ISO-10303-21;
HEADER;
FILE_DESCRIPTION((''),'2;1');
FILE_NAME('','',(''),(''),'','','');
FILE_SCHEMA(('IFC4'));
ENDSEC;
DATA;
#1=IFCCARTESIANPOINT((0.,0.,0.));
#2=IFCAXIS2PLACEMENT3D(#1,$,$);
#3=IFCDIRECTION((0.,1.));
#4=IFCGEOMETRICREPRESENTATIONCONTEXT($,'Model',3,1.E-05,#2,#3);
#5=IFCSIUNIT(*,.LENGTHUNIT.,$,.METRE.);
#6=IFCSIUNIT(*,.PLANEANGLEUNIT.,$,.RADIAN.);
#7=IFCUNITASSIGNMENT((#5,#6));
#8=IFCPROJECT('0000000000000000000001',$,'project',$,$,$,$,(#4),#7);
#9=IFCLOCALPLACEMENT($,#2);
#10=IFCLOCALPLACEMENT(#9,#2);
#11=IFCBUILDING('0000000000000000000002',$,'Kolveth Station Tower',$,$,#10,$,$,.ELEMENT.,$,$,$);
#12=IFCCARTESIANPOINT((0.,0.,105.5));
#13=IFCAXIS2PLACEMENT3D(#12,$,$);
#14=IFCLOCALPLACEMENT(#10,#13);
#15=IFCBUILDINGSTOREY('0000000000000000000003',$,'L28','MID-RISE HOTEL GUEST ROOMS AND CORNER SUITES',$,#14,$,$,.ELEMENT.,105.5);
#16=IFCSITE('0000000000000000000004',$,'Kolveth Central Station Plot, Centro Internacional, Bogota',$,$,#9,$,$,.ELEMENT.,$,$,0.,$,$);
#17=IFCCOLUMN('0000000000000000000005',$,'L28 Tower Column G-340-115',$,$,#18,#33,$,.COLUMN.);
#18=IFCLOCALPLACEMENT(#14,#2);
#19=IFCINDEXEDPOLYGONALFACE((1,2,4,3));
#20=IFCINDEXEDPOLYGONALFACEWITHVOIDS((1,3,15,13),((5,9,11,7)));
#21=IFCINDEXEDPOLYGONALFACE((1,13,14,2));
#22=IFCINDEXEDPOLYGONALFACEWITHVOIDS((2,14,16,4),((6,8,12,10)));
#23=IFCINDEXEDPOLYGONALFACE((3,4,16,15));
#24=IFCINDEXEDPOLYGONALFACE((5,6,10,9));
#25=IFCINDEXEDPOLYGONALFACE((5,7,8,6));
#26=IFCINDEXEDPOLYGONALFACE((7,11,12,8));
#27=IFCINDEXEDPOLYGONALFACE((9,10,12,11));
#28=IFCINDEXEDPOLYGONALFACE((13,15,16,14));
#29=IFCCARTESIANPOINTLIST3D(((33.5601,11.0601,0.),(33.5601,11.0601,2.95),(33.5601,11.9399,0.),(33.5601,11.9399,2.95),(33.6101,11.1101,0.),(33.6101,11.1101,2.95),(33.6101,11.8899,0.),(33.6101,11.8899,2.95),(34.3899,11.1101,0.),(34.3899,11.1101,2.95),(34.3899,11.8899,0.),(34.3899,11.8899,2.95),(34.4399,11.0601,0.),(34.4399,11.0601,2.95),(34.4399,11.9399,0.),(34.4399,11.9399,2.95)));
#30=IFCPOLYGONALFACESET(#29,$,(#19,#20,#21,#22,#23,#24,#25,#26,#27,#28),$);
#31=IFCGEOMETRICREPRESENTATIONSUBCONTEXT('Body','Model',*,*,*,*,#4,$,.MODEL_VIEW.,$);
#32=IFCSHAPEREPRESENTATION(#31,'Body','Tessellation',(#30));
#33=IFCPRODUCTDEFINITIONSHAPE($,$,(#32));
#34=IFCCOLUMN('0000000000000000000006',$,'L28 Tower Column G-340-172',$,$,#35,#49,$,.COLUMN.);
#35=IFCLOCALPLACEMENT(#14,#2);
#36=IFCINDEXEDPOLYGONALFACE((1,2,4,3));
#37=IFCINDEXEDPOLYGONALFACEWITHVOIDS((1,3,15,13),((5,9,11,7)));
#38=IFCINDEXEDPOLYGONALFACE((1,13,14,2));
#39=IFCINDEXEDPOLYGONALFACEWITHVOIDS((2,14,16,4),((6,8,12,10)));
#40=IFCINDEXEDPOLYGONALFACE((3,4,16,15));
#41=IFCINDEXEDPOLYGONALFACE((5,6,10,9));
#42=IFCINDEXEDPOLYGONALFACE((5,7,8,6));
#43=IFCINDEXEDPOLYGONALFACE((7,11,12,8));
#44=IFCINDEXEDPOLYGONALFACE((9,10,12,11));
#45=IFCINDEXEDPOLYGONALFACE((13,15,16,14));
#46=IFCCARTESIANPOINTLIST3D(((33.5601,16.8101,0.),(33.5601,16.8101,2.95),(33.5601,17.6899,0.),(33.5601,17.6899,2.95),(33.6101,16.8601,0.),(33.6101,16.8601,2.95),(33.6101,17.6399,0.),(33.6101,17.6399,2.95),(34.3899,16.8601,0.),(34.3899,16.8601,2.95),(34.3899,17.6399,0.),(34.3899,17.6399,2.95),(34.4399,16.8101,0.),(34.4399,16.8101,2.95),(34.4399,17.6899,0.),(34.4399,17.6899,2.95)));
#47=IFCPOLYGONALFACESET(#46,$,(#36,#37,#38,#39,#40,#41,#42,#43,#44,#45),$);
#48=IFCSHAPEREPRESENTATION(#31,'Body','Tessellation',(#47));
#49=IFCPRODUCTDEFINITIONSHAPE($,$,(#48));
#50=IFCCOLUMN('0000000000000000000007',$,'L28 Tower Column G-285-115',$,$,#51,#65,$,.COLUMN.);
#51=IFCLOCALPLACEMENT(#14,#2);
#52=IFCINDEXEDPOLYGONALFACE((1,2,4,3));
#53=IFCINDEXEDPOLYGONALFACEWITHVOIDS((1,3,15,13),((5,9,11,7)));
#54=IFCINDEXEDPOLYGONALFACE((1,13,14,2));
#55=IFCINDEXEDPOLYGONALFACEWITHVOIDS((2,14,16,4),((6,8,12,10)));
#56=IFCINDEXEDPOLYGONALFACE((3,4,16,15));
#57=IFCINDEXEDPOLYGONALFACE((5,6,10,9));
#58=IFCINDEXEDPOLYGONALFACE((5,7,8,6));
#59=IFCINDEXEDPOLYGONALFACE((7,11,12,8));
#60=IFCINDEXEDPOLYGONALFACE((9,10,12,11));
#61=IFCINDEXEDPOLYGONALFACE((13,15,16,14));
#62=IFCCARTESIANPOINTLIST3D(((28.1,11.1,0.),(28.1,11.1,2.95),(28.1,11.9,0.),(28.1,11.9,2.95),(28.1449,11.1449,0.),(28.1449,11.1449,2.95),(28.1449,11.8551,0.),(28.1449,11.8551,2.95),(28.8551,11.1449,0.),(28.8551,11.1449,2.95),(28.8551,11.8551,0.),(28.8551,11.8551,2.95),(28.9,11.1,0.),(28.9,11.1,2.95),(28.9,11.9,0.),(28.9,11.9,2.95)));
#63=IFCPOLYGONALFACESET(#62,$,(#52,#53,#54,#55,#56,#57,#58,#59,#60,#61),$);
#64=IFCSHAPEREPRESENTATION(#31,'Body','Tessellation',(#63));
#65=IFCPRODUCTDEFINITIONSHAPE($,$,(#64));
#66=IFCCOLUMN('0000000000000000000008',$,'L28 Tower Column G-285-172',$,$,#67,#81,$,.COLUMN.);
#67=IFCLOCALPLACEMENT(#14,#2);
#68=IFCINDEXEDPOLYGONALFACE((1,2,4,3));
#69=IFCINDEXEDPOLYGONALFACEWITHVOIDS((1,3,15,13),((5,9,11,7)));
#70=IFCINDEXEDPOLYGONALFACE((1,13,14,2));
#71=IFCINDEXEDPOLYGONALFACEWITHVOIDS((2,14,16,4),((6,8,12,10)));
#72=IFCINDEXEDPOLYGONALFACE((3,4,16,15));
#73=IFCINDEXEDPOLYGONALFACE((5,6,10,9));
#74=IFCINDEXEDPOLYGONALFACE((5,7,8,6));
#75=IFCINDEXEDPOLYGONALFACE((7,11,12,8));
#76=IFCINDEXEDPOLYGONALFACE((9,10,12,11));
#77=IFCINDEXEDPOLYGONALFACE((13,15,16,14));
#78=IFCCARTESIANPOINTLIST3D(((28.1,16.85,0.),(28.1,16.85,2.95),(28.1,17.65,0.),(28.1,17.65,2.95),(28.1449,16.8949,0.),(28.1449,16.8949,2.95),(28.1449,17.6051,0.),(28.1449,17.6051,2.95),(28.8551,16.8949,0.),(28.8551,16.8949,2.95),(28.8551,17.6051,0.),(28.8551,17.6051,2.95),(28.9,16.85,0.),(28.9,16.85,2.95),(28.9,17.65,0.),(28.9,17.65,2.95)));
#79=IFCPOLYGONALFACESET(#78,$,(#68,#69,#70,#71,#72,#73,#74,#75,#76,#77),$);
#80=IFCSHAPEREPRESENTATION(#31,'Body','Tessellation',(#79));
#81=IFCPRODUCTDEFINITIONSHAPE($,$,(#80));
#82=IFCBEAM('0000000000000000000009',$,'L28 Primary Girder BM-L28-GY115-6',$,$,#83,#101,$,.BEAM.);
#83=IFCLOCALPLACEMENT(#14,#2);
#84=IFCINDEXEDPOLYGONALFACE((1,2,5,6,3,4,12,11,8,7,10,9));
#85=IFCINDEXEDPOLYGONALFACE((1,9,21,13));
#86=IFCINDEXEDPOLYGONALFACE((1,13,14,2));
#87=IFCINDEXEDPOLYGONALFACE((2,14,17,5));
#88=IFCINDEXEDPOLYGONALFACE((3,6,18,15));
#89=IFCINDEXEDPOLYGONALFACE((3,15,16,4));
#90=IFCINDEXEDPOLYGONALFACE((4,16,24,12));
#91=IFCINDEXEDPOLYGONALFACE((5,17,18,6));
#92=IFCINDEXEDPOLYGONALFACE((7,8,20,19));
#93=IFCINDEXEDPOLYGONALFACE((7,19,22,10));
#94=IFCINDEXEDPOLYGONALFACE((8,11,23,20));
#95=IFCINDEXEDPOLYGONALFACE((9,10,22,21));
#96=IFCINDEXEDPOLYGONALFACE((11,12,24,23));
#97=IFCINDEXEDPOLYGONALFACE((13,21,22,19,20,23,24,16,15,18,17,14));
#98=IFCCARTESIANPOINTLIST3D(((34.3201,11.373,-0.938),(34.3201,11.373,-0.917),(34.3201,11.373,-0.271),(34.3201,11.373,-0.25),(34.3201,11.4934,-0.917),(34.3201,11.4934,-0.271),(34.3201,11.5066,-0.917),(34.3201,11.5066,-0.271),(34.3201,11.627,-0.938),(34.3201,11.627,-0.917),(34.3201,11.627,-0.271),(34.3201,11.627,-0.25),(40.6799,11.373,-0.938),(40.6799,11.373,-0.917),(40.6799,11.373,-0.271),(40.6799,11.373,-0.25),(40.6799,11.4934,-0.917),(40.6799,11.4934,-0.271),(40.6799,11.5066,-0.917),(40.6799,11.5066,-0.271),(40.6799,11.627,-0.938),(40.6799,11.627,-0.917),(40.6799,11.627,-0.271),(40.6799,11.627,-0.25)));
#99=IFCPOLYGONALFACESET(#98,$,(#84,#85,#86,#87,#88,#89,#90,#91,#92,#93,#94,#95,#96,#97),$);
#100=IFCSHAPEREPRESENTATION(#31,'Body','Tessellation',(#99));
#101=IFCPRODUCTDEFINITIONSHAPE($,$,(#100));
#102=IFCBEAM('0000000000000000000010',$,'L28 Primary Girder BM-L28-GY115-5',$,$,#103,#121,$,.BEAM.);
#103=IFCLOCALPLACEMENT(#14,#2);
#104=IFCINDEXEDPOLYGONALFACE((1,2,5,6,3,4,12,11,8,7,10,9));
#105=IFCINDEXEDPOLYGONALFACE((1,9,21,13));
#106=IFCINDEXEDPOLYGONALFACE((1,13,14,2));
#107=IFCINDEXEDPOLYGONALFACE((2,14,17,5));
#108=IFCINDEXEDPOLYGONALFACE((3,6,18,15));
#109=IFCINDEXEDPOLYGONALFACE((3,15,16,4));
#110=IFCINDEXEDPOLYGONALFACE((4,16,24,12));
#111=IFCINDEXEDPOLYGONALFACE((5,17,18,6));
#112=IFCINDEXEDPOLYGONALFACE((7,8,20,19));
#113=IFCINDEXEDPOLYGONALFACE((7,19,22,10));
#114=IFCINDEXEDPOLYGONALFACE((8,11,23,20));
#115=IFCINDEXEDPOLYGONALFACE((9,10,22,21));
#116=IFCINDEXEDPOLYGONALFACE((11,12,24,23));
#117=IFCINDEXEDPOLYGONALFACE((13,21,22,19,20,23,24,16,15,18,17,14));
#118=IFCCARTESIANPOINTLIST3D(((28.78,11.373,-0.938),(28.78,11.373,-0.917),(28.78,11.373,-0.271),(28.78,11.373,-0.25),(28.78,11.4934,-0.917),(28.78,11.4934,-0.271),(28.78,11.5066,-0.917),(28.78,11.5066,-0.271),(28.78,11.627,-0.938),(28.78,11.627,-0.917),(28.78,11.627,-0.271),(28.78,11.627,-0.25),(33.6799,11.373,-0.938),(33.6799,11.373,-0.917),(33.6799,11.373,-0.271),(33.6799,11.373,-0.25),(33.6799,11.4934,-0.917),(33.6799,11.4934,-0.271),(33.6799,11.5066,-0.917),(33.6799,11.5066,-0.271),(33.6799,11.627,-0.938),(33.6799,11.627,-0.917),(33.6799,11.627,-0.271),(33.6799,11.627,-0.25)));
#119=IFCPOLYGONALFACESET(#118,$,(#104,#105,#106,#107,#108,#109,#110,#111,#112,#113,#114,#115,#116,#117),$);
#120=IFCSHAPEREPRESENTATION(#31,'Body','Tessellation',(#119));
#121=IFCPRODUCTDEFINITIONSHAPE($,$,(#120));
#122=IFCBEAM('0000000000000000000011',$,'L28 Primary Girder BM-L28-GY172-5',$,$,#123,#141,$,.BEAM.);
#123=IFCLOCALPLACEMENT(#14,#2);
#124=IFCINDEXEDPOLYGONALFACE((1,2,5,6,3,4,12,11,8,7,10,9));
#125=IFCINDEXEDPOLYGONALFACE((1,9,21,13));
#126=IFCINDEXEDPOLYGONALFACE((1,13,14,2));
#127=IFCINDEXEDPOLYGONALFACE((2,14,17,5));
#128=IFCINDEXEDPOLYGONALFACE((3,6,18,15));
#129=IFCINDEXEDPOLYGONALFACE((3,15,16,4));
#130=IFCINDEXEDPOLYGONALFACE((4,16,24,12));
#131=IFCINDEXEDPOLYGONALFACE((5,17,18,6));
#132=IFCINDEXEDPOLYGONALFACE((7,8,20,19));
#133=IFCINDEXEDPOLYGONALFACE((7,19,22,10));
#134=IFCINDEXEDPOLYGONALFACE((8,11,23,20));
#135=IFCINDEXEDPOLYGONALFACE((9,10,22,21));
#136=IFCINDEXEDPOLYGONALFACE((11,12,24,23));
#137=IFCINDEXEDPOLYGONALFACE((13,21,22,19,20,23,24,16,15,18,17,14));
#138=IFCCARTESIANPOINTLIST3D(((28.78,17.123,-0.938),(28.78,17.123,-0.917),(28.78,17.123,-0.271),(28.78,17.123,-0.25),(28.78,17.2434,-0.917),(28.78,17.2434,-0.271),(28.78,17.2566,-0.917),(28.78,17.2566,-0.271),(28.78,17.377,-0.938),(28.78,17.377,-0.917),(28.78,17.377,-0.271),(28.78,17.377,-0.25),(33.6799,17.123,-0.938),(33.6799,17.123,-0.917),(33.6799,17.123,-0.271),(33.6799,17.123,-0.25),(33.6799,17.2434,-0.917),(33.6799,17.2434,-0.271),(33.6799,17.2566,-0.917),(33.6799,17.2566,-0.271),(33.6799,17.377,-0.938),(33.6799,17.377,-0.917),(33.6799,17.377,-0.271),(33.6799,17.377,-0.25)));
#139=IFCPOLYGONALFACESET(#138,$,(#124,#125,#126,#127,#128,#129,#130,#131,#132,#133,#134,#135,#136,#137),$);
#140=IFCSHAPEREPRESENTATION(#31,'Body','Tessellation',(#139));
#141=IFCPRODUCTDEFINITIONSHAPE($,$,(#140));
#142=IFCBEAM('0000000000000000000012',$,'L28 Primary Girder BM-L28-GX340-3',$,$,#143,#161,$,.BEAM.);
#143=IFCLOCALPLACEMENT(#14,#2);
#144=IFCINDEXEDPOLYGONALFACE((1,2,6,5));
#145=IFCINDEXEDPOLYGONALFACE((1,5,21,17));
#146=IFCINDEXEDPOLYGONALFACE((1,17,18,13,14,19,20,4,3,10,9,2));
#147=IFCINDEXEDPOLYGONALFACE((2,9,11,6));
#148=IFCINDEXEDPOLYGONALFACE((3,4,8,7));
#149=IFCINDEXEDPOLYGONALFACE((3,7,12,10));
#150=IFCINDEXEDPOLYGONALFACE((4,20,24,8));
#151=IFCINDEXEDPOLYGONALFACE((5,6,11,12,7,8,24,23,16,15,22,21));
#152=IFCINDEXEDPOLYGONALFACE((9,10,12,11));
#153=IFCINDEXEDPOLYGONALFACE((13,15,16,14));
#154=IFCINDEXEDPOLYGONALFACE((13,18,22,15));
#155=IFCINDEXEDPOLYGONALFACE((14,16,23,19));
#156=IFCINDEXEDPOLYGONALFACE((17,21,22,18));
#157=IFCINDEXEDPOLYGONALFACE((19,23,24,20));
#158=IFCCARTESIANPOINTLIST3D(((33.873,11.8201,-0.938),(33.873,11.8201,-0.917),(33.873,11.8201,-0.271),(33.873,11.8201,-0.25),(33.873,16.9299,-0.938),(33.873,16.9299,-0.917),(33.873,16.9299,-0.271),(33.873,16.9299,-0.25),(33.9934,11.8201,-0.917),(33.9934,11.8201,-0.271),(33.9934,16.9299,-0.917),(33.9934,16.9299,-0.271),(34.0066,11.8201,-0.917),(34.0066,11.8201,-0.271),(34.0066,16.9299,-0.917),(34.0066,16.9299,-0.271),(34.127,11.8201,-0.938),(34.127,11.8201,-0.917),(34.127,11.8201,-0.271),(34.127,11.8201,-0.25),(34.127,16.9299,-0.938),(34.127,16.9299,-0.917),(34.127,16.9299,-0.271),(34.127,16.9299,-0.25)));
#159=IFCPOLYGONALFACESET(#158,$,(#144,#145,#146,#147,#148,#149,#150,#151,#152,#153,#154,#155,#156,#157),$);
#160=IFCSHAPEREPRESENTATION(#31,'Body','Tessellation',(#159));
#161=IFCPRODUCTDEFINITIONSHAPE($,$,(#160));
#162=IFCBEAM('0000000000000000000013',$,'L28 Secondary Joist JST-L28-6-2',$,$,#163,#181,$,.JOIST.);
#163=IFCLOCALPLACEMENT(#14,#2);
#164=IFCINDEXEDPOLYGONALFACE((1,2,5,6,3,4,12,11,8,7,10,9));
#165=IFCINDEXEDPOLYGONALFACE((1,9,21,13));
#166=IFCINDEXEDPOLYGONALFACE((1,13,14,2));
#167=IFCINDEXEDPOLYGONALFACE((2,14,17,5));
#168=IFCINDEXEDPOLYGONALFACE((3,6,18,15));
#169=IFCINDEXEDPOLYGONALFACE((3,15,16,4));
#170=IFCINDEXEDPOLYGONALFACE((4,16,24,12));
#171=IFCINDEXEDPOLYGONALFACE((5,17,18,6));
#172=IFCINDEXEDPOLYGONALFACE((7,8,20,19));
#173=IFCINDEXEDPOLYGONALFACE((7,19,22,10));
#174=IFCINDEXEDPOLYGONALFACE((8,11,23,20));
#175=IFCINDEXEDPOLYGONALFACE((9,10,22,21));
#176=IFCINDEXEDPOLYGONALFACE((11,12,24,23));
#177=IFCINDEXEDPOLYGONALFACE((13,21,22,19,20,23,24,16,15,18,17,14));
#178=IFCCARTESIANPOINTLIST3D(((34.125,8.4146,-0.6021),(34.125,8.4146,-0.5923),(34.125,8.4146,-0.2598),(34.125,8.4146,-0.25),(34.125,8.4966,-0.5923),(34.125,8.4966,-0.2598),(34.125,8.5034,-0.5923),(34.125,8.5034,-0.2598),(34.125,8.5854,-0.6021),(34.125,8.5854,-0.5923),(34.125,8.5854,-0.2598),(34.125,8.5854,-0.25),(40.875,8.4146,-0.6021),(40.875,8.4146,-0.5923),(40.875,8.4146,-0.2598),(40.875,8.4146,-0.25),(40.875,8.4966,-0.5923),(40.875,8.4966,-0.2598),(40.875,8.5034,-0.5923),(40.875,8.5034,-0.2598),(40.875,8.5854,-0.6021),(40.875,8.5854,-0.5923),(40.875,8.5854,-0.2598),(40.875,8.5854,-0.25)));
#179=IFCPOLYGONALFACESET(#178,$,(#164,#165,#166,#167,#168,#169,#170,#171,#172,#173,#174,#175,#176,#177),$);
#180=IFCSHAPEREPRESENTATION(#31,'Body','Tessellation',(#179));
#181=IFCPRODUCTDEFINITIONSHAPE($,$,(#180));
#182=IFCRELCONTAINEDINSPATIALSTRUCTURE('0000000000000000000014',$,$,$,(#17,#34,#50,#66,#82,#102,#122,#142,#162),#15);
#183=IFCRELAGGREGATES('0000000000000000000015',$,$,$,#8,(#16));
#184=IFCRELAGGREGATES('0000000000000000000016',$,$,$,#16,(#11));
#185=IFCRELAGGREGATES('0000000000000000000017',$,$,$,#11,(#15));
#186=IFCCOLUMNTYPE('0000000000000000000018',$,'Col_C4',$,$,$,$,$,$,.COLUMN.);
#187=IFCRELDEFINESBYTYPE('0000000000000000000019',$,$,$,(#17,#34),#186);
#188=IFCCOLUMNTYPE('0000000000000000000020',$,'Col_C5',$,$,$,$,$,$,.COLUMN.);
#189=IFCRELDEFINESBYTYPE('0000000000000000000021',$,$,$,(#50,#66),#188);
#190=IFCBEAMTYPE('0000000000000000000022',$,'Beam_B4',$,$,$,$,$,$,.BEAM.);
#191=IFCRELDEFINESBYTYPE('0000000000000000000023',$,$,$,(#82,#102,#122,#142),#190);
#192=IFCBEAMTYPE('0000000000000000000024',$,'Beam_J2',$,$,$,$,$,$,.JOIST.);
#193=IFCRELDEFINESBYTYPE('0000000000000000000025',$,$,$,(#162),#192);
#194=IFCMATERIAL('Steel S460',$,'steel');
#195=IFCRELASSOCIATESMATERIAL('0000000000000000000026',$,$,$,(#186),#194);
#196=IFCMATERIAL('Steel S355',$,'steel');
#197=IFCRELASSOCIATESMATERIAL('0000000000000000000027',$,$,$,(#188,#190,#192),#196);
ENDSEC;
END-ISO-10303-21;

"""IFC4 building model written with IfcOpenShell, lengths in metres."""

from ifc_helpers import new_model, si_unit, direction, frame, origin, origin_2d, place, context, subcontext, project, spatial, hollow_rectangle, i_section, extrude, source, transform, mapped, material, material_profile, profile_set, type_object, element, save


model = new_model("IFC4")

# Units and contexts
model_context = context("Model", 3, precision=1e-05, world=origin(), true_north=direction((0.0, 1.0)))
body_context = subcontext(model_context, "Body", "Model", "MODEL_VIEW")
ifc_project = project(units=[si_unit("LENGTHUNIT", "METRE"), si_unit("PLANEANGLEUNIT", "RADIAN")], contexts=[model_context])

# Site, building, storey
site_placement = place(None, origin())
site = spatial("IfcSite", under=ifc_project, at=site_placement, Name="Kolveth Central Station Plot, Centro Internacional, Bogota", CompositionType="ELEMENT", RefElevation=0.0)
building_placement = place(site_placement, origin())
building = spatial("IfcBuilding", under=site, at=building_placement, Name="Kolveth Station Tower", CompositionType="ELEMENT")
storey_placement = place(building_placement, frame((0.0, 0.0, 105.5)))
storey = spatial("IfcBuildingStorey", under=building, at=storey_placement, Name="L28", Description="MID-RISE HOTEL GUEST ROOMS AND CORNER SUITES", CompositionType="ELEMENT", Elevation=105.5)

# Columns
ifc_material_1 = material(Name="Steel S460", Category="steel")
ifc_material_profile_1 = material_profile(ifc_material_1, hollow_rectangle(XDim=0.8799, YDim=0.8799, WallThickness=0.05, at=origin_2d()), Name="BOX880x880x50")
ifc_profile_set_1 = profile_set([ifc_material_profile_1], Name="Steel S460")
column_type_1 = type_object("IfcColumnType", Name="Col_C4", PredefinedType="COLUMN", material=ifc_profile_set_1)
shared_shape_1 = source(origin(), body_context, "Body", "SweptSolid", [
    extrude(hollow_rectangle(XDim=0.8799, YDim=0.8799, WallThickness=0.05, at=origin_2d()), origin(), (0.0, 0.0, 1.0), 2.95),
])
for number, where, z_axis, x_axis, name in (
    (1, (34.0, 11.5, 0.0), (0.0, 0.0, 1.0), (1.0, 0.0, 0.0), "L28 Tower Column G-340-115"),
    (2, (34.0, 17.25, 0.0), (0.0, 0.0, 1.0), (1.0, 0.0, 0.0), "L28 Tower Column G-340-172"),
):
    element("IfcColumn", number, at=place(storey_placement, frame(where, z_axis=z_axis, x_axis=x_axis)), inside=storey, type_object=column_type_1, Name=name, PredefinedType="COLUMN", context=body_context, shape_type="MappedRepresentation", body=[
        mapped(shared_shape_1, transform((0.0, 0.0, 0.0), x_axis=(1.0, 0.0, 0.0), y_axis=(0.0, 1.0, 0.0), z_axis=(0.0, 0.0, 1.0), scale=1.0)),
    ])
ifc_material_2 = material(Name="Steel S355", Category="steel")
ifc_material_profile_2 = material_profile(ifc_material_2, hollow_rectangle(XDim=0.8, YDim=0.8, WallThickness=0.0449, at=origin_2d()), Name="BOX800x800x45")
ifc_profile_set_2 = profile_set([ifc_material_profile_2], Name="Steel S355")
column_type_2 = type_object("IfcColumnType", Name="Col_C5", PredefinedType="COLUMN", material=ifc_profile_set_2)
shared_shape_2 = source(origin(), body_context, "Body", "SweptSolid", [
    extrude(hollow_rectangle(XDim=0.8, YDim=0.8, WallThickness=0.0449, at=origin_2d()), origin(), (0.0, 0.0, 1.0), 2.95),
])
for number, where, z_axis, x_axis, name in (
    (3, (28.5, 11.5, 0.0), (0.0, 0.0, 1.0), (1.0, 0.0, 0.0), "L28 Tower Column G-285-115"),
    (4, (28.5, 17.25, 0.0), (0.0, 0.0, 1.0), (1.0, 0.0, 0.0), "L28 Tower Column G-285-172"),
):
    element("IfcColumn", number, at=place(storey_placement, frame(where, z_axis=z_axis, x_axis=x_axis)), inside=storey, type_object=column_type_2, Name=name, PredefinedType="COLUMN", context=body_context, shape_type="MappedRepresentation", body=[
        mapped(shared_shape_2, transform((0.0, 0.0, 0.0), x_axis=(1.0, 0.0, 0.0), y_axis=(0.0, 1.0, 0.0), z_axis=(0.0, 0.0, 1.0), scale=1.0)),
    ])

# Beams
ifc_material_profile_3 = material_profile(ifc_material_2, i_section(OverallWidth=0.2539, OverallDepth=0.688, WebThickness=0.0132, FlangeThickness=0.021, at=origin_2d()), Name="W690x152")
ifc_profile_set_3 = profile_set([ifc_material_profile_3], Name="Steel S355")
beam_type_1 = type_object("IfcBeamType", Name="Beam_B4", PredefinedType="BEAM", material=ifc_profile_set_3)
shared_shape_3 = source(origin(), body_context, "Body", "SweptSolid", [
    extrude(i_section(OverallWidth=0.2539, OverallDepth=0.688, WebThickness=0.0132, FlangeThickness=0.021, at=origin_2d()), origin(), (0.0, 0.0, 1.0), 6.3599),
])
beam_1_placement = place(storey_placement, frame((34.3201, 11.5, -0.594), z_axis=(1.0, 0.0, 0.0), x_axis=(0.0, 1.0, 0.0)))
element("IfcBeam", 5, at=beam_1_placement, inside=storey, type_object=beam_type_1, Name="L28 Primary Girder BM-L28-GY115-6", PredefinedType="BEAM", context=body_context, shape_type="MappedRepresentation", body=[
    mapped(shared_shape_3, transform((0.0, 0.0, 0.0), x_axis=(1.0, 0.0, 0.0), y_axis=(0.0, 1.0, 0.0), z_axis=(0.0, 0.0, 1.0), scale=1.0)),
])
shared_shape_4 = source(origin(), body_context, "Body", "SweptSolid", [
    extrude(i_section(OverallWidth=0.2539, OverallDepth=0.688, WebThickness=0.0132, FlangeThickness=0.021, at=origin_2d()), origin(), (0.0, 0.0, 1.0), 4.8999),
])
for number, where, z_axis, x_axis, name in (
    (6, (28.78, 11.5, -0.594), (1.0, 0.0, 0.0), (0.0, 1.0, 0.0), "L28 Primary Girder BM-L28-GY115-5"),
    (7, (28.78, 17.25, -0.594), (1.0, 0.0, 0.0), (0.0, 1.0, 0.0), "L28 Primary Girder BM-L28-GY172-5"),
):
    element("IfcBeam", number, at=place(storey_placement, frame(where, z_axis=z_axis, x_axis=x_axis)), inside=storey, type_object=beam_type_1, Name=name, PredefinedType="BEAM", context=body_context, shape_type="MappedRepresentation", body=[
        mapped(shared_shape_4, transform((0.0, 0.0, 0.0), x_axis=(1.0, 0.0, 0.0), y_axis=(0.0, 1.0, 0.0), z_axis=(0.0, 0.0, 1.0), scale=1.0)),
    ])
shared_shape_5 = source(origin(), body_context, "Body", "SweptSolid", [
    extrude(i_section(OverallWidth=0.2539, OverallDepth=0.688, WebThickness=0.0132, FlangeThickness=0.021, at=origin_2d()), origin(), (0.0, 0.0, 1.0), 5.1099),
])
beam_2_placement = place(storey_placement, frame((34.0, 11.8201, -0.594), z_axis=(0.0, 1.0, 0.0), x_axis=(-1.0, 0.0, 0.0)))
element("IfcBeam", 8, at=beam_2_placement, inside=storey, type_object=beam_type_1, Name="L28 Primary Girder BM-L28-GX340-3", PredefinedType="BEAM", context=body_context, shape_type="MappedRepresentation", body=[
    mapped(shared_shape_5, transform((0.0, 0.0, 0.0), x_axis=(1.0, 0.0, 0.0), y_axis=(0.0, 1.0, 0.0), z_axis=(0.0, 0.0, 1.0), scale=1.0)),
])
ifc_material_profile_4 = material_profile(ifc_material_2, i_section(OverallWidth=0.1709, OverallDepth=0.3521, WebThickness=0.0068, FlangeThickness=0.0098, at=origin_2d()), Name="W360x44")
ifc_profile_set_4 = profile_set([ifc_material_profile_4], Name="Steel S355")
beam_type_2 = type_object("IfcBeamType", Name="Beam_J2", PredefinedType="JOIST", material=ifc_profile_set_4)
shared_shape_6 = source(origin(), body_context, "Body", "SweptSolid", [
    extrude(i_section(OverallWidth=0.1709, OverallDepth=0.3521, WebThickness=0.0068, FlangeThickness=0.0098, at=origin_2d()), origin(), (0.0, 0.0, 1.0), 6.75),
])
for number, where, z_axis, x_axis, name in (
    (9, (34.125, 8.5, -0.426), (1.0, 0.0, 0.0), (0.0, 1.0, 0.0), "L28 Secondary Joist JST-L28-6-2"),
):
    element("IfcBeam", number, at=place(storey_placement, frame(where, z_axis=z_axis, x_axis=x_axis)), inside=storey, type_object=beam_type_2, Name=name, PredefinedType="JOIST", context=body_context, shape_type="MappedRepresentation", body=[
        mapped(shared_shape_6, transform((0.0, 0.0, 0.0), x_axis=(1.0, 0.0, 0.0), y_axis=(0.0, 1.0, 0.0), z_axis=(0.0, 0.0, 1.0), scale=1.0)),
    ])

save(model, "model.ifc")
